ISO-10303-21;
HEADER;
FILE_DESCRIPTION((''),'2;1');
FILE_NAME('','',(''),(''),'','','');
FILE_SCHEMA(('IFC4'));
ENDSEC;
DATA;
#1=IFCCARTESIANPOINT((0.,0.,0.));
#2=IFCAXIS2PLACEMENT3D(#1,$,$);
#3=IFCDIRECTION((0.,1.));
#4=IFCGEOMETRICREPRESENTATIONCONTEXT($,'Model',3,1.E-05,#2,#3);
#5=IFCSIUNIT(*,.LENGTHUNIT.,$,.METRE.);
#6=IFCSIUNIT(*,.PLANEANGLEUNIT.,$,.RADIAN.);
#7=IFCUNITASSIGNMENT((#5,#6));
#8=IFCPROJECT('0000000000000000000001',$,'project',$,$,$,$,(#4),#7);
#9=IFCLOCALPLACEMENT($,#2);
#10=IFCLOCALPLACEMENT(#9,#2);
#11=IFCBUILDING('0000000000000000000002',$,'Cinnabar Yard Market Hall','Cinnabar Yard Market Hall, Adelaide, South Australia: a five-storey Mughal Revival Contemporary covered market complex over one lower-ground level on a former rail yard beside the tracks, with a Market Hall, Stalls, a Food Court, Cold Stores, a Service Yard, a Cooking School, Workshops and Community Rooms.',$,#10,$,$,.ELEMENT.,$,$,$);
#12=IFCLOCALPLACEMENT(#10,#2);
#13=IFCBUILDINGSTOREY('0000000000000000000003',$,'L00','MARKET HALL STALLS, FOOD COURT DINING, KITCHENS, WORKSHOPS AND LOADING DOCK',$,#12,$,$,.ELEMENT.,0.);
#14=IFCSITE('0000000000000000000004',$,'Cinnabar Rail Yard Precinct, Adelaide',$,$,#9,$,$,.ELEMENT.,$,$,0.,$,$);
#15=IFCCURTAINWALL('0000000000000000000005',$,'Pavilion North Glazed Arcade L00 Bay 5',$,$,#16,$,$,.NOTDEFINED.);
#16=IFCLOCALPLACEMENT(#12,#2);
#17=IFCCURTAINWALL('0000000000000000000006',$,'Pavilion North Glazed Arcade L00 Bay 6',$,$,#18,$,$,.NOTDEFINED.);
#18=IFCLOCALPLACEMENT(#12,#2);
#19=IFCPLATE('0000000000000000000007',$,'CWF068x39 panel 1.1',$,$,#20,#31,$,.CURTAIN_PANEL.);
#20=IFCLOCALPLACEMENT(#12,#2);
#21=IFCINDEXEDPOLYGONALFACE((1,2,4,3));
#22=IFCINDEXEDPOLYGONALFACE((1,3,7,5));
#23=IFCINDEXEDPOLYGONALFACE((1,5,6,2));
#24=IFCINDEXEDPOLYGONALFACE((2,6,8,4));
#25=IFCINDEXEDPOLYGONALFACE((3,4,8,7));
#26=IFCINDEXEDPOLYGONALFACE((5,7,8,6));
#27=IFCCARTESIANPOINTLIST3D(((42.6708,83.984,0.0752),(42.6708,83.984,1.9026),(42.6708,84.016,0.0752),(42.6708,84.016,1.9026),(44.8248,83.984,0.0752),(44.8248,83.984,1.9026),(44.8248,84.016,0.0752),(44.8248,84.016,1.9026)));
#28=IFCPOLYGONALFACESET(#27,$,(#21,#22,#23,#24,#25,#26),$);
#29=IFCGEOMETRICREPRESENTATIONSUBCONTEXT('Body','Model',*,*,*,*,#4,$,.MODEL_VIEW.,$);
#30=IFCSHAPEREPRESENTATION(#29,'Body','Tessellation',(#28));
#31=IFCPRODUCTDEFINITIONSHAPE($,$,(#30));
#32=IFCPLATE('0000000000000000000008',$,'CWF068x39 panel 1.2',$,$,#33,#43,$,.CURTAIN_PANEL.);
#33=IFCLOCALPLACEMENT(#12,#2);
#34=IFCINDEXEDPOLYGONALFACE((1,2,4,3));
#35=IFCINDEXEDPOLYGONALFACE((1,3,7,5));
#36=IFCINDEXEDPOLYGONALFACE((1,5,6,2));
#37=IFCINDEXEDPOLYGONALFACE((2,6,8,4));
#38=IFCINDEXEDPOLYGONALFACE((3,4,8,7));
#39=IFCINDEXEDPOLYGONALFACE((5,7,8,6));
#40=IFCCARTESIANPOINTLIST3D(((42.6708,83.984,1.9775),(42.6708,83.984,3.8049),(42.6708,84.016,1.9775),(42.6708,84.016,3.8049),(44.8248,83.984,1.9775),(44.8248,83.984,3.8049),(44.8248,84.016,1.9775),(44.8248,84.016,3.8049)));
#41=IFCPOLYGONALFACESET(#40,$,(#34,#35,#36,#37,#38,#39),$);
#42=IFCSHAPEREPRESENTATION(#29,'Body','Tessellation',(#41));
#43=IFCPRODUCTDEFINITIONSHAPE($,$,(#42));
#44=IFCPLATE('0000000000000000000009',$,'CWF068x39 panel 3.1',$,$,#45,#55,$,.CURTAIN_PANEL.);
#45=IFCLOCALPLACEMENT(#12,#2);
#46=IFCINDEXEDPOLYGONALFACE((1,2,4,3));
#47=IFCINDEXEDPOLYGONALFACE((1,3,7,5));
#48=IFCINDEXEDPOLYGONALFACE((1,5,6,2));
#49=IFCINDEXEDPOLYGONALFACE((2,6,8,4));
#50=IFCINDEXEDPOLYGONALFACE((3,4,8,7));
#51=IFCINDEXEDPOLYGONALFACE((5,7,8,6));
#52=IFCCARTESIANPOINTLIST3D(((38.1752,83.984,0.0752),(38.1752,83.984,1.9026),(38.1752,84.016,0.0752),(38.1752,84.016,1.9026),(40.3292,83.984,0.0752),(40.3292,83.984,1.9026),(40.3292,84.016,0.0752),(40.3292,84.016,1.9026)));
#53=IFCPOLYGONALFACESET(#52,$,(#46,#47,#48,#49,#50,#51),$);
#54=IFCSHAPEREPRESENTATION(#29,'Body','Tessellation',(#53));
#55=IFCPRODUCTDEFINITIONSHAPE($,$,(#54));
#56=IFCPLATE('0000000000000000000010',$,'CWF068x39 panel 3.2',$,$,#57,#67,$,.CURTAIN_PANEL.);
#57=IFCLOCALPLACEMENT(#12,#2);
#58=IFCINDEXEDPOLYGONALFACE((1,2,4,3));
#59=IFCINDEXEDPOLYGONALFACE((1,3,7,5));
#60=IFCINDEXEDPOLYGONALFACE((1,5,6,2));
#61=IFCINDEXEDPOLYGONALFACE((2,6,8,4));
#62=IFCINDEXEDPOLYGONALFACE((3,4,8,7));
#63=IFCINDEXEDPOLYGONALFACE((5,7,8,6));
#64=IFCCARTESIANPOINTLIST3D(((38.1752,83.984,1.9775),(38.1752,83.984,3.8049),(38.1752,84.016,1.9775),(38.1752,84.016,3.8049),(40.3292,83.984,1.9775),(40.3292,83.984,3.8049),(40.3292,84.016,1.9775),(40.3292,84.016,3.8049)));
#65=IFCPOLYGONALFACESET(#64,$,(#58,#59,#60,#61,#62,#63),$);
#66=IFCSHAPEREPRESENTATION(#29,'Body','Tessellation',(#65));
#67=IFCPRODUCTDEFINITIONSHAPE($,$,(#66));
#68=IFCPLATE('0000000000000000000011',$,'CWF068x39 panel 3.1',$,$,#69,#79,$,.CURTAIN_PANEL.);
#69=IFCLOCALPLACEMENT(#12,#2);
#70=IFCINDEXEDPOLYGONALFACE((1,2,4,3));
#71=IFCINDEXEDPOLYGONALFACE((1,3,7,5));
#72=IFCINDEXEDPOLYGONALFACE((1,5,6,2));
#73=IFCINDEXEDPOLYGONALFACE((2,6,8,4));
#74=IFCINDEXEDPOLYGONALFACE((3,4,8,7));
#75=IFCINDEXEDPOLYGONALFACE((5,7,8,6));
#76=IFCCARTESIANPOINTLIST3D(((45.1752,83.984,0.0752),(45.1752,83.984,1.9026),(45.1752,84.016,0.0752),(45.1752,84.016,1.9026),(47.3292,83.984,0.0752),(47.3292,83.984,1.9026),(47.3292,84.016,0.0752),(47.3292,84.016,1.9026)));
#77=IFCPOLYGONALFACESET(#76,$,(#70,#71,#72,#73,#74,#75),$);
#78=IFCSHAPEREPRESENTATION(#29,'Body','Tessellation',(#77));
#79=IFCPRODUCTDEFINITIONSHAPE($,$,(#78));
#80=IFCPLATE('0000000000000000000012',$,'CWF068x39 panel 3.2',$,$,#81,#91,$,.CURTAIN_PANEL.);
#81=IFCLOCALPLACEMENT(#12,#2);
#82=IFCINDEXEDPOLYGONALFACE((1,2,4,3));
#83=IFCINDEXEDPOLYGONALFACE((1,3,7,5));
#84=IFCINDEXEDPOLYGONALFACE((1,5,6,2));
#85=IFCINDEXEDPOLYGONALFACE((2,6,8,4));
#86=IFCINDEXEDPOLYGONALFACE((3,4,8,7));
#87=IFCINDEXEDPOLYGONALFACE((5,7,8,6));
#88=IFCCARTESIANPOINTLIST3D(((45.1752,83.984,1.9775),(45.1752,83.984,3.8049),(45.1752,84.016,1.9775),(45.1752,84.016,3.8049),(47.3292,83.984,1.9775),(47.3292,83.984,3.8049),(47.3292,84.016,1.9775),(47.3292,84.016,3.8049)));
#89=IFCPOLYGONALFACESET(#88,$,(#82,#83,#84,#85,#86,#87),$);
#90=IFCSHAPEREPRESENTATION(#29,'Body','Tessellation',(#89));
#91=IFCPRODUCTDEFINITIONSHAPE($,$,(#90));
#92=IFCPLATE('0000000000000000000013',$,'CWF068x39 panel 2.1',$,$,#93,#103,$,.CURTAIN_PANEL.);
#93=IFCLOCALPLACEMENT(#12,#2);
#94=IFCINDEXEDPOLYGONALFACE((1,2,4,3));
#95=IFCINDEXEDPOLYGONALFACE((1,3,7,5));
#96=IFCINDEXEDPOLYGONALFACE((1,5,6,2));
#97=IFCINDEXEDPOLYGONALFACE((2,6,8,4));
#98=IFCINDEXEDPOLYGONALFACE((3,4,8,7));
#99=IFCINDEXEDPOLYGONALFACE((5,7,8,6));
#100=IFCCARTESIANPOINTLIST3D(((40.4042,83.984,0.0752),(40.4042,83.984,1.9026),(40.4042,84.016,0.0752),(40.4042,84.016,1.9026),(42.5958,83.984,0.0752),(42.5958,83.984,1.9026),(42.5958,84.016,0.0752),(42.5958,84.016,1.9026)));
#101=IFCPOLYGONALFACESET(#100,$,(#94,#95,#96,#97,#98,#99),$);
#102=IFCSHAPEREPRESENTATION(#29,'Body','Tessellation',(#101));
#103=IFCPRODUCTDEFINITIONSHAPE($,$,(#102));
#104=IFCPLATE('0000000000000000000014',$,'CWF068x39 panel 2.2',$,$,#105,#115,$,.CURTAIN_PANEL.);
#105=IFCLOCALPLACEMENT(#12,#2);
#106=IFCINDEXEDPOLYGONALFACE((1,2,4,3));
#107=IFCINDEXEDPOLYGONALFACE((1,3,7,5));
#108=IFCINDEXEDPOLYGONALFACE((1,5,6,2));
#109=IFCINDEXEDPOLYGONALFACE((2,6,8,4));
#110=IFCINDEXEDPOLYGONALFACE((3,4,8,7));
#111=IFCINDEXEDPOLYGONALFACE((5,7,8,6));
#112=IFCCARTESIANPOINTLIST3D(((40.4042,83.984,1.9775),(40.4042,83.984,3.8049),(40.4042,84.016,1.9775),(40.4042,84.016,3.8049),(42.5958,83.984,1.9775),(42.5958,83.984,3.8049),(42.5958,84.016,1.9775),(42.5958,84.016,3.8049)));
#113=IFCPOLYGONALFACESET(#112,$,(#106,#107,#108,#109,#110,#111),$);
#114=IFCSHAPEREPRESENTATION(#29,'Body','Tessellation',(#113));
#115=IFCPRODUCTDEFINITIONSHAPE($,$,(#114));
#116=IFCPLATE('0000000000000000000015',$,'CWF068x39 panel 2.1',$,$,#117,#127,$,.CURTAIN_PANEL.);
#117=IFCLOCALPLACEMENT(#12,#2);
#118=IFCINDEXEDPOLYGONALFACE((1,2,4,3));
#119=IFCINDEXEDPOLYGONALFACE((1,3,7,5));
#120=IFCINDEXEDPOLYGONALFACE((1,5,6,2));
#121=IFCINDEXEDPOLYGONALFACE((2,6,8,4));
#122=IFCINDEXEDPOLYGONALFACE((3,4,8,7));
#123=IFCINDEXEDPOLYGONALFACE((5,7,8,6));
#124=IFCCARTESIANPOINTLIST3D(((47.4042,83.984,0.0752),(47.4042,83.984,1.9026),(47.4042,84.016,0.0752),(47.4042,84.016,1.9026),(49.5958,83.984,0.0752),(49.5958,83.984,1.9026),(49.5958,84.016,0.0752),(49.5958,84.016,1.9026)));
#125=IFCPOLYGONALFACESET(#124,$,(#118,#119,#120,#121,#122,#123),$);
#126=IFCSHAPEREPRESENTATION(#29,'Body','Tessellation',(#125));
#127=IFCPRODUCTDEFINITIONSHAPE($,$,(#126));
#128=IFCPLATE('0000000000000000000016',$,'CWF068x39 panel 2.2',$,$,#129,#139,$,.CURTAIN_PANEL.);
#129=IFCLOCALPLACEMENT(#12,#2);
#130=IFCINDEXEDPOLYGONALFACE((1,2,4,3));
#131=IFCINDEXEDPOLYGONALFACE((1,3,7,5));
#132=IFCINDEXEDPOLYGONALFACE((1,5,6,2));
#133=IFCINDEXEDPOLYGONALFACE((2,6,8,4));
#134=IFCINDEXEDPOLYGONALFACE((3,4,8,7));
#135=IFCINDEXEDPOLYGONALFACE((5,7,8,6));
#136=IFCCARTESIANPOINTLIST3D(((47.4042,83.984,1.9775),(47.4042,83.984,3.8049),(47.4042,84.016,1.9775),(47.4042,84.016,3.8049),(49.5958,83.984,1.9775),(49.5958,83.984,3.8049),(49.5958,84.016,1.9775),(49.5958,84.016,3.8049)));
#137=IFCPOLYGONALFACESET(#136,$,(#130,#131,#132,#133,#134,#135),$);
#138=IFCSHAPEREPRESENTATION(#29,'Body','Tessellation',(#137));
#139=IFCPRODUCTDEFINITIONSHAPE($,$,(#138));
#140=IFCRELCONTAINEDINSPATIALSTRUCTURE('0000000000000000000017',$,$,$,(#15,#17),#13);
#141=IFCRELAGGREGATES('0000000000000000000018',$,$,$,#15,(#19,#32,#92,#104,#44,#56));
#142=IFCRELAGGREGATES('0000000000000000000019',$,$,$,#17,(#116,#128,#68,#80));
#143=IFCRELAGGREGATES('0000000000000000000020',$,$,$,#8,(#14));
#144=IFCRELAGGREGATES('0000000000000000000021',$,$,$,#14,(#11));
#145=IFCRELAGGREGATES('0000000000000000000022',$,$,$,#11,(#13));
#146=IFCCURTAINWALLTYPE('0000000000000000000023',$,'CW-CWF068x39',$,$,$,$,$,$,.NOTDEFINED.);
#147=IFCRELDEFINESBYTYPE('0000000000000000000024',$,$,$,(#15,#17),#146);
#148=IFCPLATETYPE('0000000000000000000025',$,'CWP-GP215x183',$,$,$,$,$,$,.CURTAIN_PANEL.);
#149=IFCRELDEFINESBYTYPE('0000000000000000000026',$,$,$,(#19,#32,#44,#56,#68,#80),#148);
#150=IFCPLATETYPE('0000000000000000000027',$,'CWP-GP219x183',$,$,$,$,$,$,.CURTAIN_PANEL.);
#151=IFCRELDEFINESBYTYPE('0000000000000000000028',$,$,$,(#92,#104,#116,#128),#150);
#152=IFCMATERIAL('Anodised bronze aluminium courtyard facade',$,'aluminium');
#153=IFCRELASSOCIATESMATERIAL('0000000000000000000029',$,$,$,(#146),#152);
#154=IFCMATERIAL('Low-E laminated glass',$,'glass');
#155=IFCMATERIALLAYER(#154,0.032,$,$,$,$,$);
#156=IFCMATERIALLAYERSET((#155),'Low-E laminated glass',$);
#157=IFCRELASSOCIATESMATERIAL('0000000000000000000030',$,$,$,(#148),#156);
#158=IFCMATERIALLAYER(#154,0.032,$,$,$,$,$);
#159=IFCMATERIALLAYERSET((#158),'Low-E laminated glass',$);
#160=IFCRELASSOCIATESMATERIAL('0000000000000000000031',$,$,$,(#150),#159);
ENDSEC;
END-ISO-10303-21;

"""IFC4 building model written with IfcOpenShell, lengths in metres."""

from ifc_helpers import new_model, si_unit, direction, frame, origin, origin_2d_with_axis, place, context, subcontext, project, spatial, rectangle, extrude, material, layer, layer_set, type_object, element, aggregate, save


model = new_model("IFC4")

# Units and contexts
model_context = context("Model", 3, precision=1e-05, world=origin(), true_north=direction((0.0, 1.0)))
body_context = subcontext(model_context, "Body", "Model", "MODEL_VIEW")
ifc_project = project(units=[si_unit("LENGTHUNIT", "METRE"), si_unit("PLANEANGLEUNIT", "RADIAN")], contexts=[model_context])

# Site, building, storey
site_placement = place(None, origin())
site = spatial("IfcSite", under=ifc_project, at=site_placement, Name="Cinnabar Rail Yard Precinct, Adelaide", CompositionType="ELEMENT", RefElevation=0.0)
building_placement = place(site_placement, origin())
building = spatial("IfcBuilding", under=site, at=building_placement, Name="Cinnabar Yard Market Hall", Description="Cinnabar Yard Market Hall, Adelaide, South Australia: a five-storey Mughal Revival Contemporary covered market complex over one lower-ground level on a former rail yard beside the tracks, with a Market Hall, Stalls, a Food Court, Cold Stores, a Service Yard, a Cooking School, Workshops and Community Rooms.", CompositionType="ELEMENT")
storey_placement = place(building_placement, origin())
storey = spatial("IfcBuildingStorey", under=building, at=storey_placement, Name="L00", Description="MARKET HALL STALLS, FOOD COURT DINING, KITCHENS, WORKSHOPS AND LOADING DOCK", CompositionType="ELEMENT", Elevation=0.0)

# Curtain walls
ifc_material_1 = material(Name="Anodised bronze aluminium courtyard facade", Category="aluminium")
curtain_wall_type = type_object("IfcCurtainWallType", Name="CW-CWF068x39", PredefinedType="NOTDEFINED", material=ifc_material_1)
curtain_wall_1_placement = place(storey_placement, origin())
curtain_wall_1 = element("IfcCurtainWall", 1, at=curtain_wall_1_placement, inside=storey, type_object=curtain_wall_type, Name="Pavilion North Glazed Arcade L00 Bay 5", PredefinedType="NOTDEFINED")
curtain_wall_2_placement = place(storey_placement, origin())
curtain_wall_2 = element("IfcCurtainWall", 2, at=curtain_wall_2_placement, inside=storey, type_object=curtain_wall_type, Name="Pavilion North Glazed Arcade L00 Bay 6", PredefinedType="NOTDEFINED")

# Plates
ifc_material_2 = material(Name="Low-E laminated glass", Category="glass")
ifc_layer_1 = layer(ifc_material_2, 0.032)
ifc_layer_set_1 = layer_set([ifc_layer_1], Name="Low-E laminated glass")
plate_type_1 = type_object("IfcPlateType", Name="CWP-GP215x183", PredefinedType="CURTAIN_PANEL", material=ifc_layer_set_1)
plate_1_placement = place(storey_placement, frame((43.7478, 84.0, 0.0752), z_axis=(0.0, 0.0, 1.0), x_axis=(-1.0, 0.0, 0.0)))
plate_1 = element("IfcPlate", 3, at=plate_1_placement, type_object=plate_type_1, Name="CWF068x39 panel 1.1", PredefinedType="CURTAIN_PANEL", context=body_context, shape_type="SweptSolid", body=[
    extrude(rectangle(XDim=2.1541, YDim=0.032, at=origin_2d_with_axis()), origin(), (0.0, 0.0, 1.0), 1.8274),
])
plate_2_placement = place(storey_placement, frame((43.7478, 84.0, 1.9775), z_axis=(0.0, 0.0, 1.0), x_axis=(-1.0, 0.0, 0.0)))
plate_2 = element("IfcPlate", 4, at=plate_2_placement, type_object=plate_type_1, Name="CWF068x39 panel 1.2", PredefinedType="CURTAIN_PANEL", context=body_context, shape_type="SweptSolid", body=[
    extrude(rectangle(XDim=2.1541, YDim=0.032, at=origin_2d_with_axis()), origin(), (0.0, 0.0, 1.0), 1.8274),
])
plate_3_placement = place(storey_placement, frame((39.2522, 84.0, 0.0752), z_axis=(0.0, 0.0, 1.0), x_axis=(-1.0, 0.0, 0.0)))
plate_3 = element("IfcPlate", 5, at=plate_3_placement, type_object=plate_type_1, Name="CWF068x39 panel 3.1", PredefinedType="CURTAIN_PANEL", context=body_context, shape_type="SweptSolid", body=[
    extrude(rectangle(XDim=2.1541, YDim=0.032, at=origin_2d_with_axis()), origin(), (0.0, 0.0, 1.0), 1.8274),
])
plate_4_placement = place(storey_placement, frame((39.2522, 84.0, 1.9775), z_axis=(0.0, 0.0, 1.0), x_axis=(-1.0, 0.0, 0.0)))
plate_4 = element("IfcPlate", 6, at=plate_4_placement, type_object=plate_type_1, Name="CWF068x39 panel 3.2", PredefinedType="CURTAIN_PANEL", context=body_context, shape_type="SweptSolid", body=[
    extrude(rectangle(XDim=2.1541, YDim=0.032, at=origin_2d_with_axis()), origin(), (0.0, 0.0, 1.0), 1.8274),
])
plate_5_placement = place(storey_placement, frame((46.2522, 84.0, 0.0752), z_axis=(0.0, 0.0, 1.0), x_axis=(-1.0, 0.0, 0.0)))
plate_5 = element("IfcPlate", 7, at=plate_5_placement, type_object=plate_type_1, Name="CWF068x39 panel 3.1", PredefinedType="CURTAIN_PANEL", context=body_context, shape_type="SweptSolid", body=[
    extrude(rectangle(XDim=2.1541, YDim=0.032, at=origin_2d_with_axis()), origin(), (0.0, 0.0, 1.0), 1.8274),
])
plate_6_placement = place(storey_placement, frame((46.2522, 84.0, 1.9775), z_axis=(0.0, 0.0, 1.0), x_axis=(-1.0, 0.0, 0.0)))
plate_6 = element("IfcPlate", 8, at=plate_6_placement, type_object=plate_type_1, Name="CWF068x39 panel 3.2", PredefinedType="CURTAIN_PANEL", context=body_context, shape_type="SweptSolid", body=[
    extrude(rectangle(XDim=2.1541, YDim=0.032, at=origin_2d_with_axis()), origin(), (0.0, 0.0, 1.0), 1.8274),
])
ifc_layer_2 = layer(ifc_material_2, 0.032)
ifc_layer_set_2 = layer_set([ifc_layer_2], Name="Low-E laminated glass")
plate_type_2 = type_object("IfcPlateType", Name="CWP-GP219x183", PredefinedType="CURTAIN_PANEL", material=ifc_layer_set_2)
plate_7_placement = place(storey_placement, frame((41.5, 84.0, 0.0752), z_axis=(0.0, 0.0, 1.0), x_axis=(-1.0, 0.0, 0.0)))
plate_7 = element("IfcPlate", 9, at=plate_7_placement, type_object=plate_type_2, Name="CWF068x39 panel 2.1", PredefinedType="CURTAIN_PANEL", context=body_context, shape_type="SweptSolid", body=[
    extrude(rectangle(XDim=2.1917, YDim=0.032, at=origin_2d_with_axis()), origin(), (0.0, 0.0, 1.0), 1.8274),
])
plate_8_placement = place(storey_placement, frame((41.5, 84.0, 1.9775), z_axis=(0.0, 0.0, 1.0), x_axis=(-1.0, 0.0, 0.0)))
plate_8 = element("IfcPlate", 10, at=plate_8_placement, type_object=plate_type_2, Name="CWF068x39 panel 2.2", PredefinedType="CURTAIN_PANEL", context=body_context, shape_type="SweptSolid", body=[
    extrude(rectangle(XDim=2.1917, YDim=0.032, at=origin_2d_with_axis()), origin(), (0.0, 0.0, 1.0), 1.8274),
])
aggregate(curtain_wall_1, [plate_1, plate_2, plate_7, plate_8, plate_3, plate_4])
plate_9_placement = place(storey_placement, frame((48.5, 84.0, 0.0752), z_axis=(0.0, 0.0, 1.0), x_axis=(-1.0, 0.0, 0.0)))
plate_9 = element("IfcPlate", 11, at=plate_9_placement, type_object=plate_type_2, Name="CWF068x39 panel 2.1", PredefinedType="CURTAIN_PANEL", context=body_context, shape_type="SweptSolid", body=[
    extrude(rectangle(XDim=2.1917, YDim=0.032, at=origin_2d_with_axis()), origin(), (0.0, 0.0, 1.0), 1.8274),
])
plate_10_placement = place(storey_placement, frame((48.5, 84.0, 1.9775), z_axis=(0.0, 0.0, 1.0), x_axis=(-1.0, 0.0, 0.0)))
plate_10 = element("IfcPlate", 12, at=plate_10_placement, type_object=plate_type_2, Name="CWF068x39 panel 2.2", PredefinedType="CURTAIN_PANEL", context=body_context, shape_type="SweptSolid", body=[
    extrude(rectangle(XDim=2.1917, YDim=0.032, at=origin_2d_with_axis()), origin(), (0.0, 0.0, 1.0), 1.8274),
])
aggregate(curtain_wall_2, [plate_9, plate_10, plate_5, plate_6])

save(model, "model.ifc")
